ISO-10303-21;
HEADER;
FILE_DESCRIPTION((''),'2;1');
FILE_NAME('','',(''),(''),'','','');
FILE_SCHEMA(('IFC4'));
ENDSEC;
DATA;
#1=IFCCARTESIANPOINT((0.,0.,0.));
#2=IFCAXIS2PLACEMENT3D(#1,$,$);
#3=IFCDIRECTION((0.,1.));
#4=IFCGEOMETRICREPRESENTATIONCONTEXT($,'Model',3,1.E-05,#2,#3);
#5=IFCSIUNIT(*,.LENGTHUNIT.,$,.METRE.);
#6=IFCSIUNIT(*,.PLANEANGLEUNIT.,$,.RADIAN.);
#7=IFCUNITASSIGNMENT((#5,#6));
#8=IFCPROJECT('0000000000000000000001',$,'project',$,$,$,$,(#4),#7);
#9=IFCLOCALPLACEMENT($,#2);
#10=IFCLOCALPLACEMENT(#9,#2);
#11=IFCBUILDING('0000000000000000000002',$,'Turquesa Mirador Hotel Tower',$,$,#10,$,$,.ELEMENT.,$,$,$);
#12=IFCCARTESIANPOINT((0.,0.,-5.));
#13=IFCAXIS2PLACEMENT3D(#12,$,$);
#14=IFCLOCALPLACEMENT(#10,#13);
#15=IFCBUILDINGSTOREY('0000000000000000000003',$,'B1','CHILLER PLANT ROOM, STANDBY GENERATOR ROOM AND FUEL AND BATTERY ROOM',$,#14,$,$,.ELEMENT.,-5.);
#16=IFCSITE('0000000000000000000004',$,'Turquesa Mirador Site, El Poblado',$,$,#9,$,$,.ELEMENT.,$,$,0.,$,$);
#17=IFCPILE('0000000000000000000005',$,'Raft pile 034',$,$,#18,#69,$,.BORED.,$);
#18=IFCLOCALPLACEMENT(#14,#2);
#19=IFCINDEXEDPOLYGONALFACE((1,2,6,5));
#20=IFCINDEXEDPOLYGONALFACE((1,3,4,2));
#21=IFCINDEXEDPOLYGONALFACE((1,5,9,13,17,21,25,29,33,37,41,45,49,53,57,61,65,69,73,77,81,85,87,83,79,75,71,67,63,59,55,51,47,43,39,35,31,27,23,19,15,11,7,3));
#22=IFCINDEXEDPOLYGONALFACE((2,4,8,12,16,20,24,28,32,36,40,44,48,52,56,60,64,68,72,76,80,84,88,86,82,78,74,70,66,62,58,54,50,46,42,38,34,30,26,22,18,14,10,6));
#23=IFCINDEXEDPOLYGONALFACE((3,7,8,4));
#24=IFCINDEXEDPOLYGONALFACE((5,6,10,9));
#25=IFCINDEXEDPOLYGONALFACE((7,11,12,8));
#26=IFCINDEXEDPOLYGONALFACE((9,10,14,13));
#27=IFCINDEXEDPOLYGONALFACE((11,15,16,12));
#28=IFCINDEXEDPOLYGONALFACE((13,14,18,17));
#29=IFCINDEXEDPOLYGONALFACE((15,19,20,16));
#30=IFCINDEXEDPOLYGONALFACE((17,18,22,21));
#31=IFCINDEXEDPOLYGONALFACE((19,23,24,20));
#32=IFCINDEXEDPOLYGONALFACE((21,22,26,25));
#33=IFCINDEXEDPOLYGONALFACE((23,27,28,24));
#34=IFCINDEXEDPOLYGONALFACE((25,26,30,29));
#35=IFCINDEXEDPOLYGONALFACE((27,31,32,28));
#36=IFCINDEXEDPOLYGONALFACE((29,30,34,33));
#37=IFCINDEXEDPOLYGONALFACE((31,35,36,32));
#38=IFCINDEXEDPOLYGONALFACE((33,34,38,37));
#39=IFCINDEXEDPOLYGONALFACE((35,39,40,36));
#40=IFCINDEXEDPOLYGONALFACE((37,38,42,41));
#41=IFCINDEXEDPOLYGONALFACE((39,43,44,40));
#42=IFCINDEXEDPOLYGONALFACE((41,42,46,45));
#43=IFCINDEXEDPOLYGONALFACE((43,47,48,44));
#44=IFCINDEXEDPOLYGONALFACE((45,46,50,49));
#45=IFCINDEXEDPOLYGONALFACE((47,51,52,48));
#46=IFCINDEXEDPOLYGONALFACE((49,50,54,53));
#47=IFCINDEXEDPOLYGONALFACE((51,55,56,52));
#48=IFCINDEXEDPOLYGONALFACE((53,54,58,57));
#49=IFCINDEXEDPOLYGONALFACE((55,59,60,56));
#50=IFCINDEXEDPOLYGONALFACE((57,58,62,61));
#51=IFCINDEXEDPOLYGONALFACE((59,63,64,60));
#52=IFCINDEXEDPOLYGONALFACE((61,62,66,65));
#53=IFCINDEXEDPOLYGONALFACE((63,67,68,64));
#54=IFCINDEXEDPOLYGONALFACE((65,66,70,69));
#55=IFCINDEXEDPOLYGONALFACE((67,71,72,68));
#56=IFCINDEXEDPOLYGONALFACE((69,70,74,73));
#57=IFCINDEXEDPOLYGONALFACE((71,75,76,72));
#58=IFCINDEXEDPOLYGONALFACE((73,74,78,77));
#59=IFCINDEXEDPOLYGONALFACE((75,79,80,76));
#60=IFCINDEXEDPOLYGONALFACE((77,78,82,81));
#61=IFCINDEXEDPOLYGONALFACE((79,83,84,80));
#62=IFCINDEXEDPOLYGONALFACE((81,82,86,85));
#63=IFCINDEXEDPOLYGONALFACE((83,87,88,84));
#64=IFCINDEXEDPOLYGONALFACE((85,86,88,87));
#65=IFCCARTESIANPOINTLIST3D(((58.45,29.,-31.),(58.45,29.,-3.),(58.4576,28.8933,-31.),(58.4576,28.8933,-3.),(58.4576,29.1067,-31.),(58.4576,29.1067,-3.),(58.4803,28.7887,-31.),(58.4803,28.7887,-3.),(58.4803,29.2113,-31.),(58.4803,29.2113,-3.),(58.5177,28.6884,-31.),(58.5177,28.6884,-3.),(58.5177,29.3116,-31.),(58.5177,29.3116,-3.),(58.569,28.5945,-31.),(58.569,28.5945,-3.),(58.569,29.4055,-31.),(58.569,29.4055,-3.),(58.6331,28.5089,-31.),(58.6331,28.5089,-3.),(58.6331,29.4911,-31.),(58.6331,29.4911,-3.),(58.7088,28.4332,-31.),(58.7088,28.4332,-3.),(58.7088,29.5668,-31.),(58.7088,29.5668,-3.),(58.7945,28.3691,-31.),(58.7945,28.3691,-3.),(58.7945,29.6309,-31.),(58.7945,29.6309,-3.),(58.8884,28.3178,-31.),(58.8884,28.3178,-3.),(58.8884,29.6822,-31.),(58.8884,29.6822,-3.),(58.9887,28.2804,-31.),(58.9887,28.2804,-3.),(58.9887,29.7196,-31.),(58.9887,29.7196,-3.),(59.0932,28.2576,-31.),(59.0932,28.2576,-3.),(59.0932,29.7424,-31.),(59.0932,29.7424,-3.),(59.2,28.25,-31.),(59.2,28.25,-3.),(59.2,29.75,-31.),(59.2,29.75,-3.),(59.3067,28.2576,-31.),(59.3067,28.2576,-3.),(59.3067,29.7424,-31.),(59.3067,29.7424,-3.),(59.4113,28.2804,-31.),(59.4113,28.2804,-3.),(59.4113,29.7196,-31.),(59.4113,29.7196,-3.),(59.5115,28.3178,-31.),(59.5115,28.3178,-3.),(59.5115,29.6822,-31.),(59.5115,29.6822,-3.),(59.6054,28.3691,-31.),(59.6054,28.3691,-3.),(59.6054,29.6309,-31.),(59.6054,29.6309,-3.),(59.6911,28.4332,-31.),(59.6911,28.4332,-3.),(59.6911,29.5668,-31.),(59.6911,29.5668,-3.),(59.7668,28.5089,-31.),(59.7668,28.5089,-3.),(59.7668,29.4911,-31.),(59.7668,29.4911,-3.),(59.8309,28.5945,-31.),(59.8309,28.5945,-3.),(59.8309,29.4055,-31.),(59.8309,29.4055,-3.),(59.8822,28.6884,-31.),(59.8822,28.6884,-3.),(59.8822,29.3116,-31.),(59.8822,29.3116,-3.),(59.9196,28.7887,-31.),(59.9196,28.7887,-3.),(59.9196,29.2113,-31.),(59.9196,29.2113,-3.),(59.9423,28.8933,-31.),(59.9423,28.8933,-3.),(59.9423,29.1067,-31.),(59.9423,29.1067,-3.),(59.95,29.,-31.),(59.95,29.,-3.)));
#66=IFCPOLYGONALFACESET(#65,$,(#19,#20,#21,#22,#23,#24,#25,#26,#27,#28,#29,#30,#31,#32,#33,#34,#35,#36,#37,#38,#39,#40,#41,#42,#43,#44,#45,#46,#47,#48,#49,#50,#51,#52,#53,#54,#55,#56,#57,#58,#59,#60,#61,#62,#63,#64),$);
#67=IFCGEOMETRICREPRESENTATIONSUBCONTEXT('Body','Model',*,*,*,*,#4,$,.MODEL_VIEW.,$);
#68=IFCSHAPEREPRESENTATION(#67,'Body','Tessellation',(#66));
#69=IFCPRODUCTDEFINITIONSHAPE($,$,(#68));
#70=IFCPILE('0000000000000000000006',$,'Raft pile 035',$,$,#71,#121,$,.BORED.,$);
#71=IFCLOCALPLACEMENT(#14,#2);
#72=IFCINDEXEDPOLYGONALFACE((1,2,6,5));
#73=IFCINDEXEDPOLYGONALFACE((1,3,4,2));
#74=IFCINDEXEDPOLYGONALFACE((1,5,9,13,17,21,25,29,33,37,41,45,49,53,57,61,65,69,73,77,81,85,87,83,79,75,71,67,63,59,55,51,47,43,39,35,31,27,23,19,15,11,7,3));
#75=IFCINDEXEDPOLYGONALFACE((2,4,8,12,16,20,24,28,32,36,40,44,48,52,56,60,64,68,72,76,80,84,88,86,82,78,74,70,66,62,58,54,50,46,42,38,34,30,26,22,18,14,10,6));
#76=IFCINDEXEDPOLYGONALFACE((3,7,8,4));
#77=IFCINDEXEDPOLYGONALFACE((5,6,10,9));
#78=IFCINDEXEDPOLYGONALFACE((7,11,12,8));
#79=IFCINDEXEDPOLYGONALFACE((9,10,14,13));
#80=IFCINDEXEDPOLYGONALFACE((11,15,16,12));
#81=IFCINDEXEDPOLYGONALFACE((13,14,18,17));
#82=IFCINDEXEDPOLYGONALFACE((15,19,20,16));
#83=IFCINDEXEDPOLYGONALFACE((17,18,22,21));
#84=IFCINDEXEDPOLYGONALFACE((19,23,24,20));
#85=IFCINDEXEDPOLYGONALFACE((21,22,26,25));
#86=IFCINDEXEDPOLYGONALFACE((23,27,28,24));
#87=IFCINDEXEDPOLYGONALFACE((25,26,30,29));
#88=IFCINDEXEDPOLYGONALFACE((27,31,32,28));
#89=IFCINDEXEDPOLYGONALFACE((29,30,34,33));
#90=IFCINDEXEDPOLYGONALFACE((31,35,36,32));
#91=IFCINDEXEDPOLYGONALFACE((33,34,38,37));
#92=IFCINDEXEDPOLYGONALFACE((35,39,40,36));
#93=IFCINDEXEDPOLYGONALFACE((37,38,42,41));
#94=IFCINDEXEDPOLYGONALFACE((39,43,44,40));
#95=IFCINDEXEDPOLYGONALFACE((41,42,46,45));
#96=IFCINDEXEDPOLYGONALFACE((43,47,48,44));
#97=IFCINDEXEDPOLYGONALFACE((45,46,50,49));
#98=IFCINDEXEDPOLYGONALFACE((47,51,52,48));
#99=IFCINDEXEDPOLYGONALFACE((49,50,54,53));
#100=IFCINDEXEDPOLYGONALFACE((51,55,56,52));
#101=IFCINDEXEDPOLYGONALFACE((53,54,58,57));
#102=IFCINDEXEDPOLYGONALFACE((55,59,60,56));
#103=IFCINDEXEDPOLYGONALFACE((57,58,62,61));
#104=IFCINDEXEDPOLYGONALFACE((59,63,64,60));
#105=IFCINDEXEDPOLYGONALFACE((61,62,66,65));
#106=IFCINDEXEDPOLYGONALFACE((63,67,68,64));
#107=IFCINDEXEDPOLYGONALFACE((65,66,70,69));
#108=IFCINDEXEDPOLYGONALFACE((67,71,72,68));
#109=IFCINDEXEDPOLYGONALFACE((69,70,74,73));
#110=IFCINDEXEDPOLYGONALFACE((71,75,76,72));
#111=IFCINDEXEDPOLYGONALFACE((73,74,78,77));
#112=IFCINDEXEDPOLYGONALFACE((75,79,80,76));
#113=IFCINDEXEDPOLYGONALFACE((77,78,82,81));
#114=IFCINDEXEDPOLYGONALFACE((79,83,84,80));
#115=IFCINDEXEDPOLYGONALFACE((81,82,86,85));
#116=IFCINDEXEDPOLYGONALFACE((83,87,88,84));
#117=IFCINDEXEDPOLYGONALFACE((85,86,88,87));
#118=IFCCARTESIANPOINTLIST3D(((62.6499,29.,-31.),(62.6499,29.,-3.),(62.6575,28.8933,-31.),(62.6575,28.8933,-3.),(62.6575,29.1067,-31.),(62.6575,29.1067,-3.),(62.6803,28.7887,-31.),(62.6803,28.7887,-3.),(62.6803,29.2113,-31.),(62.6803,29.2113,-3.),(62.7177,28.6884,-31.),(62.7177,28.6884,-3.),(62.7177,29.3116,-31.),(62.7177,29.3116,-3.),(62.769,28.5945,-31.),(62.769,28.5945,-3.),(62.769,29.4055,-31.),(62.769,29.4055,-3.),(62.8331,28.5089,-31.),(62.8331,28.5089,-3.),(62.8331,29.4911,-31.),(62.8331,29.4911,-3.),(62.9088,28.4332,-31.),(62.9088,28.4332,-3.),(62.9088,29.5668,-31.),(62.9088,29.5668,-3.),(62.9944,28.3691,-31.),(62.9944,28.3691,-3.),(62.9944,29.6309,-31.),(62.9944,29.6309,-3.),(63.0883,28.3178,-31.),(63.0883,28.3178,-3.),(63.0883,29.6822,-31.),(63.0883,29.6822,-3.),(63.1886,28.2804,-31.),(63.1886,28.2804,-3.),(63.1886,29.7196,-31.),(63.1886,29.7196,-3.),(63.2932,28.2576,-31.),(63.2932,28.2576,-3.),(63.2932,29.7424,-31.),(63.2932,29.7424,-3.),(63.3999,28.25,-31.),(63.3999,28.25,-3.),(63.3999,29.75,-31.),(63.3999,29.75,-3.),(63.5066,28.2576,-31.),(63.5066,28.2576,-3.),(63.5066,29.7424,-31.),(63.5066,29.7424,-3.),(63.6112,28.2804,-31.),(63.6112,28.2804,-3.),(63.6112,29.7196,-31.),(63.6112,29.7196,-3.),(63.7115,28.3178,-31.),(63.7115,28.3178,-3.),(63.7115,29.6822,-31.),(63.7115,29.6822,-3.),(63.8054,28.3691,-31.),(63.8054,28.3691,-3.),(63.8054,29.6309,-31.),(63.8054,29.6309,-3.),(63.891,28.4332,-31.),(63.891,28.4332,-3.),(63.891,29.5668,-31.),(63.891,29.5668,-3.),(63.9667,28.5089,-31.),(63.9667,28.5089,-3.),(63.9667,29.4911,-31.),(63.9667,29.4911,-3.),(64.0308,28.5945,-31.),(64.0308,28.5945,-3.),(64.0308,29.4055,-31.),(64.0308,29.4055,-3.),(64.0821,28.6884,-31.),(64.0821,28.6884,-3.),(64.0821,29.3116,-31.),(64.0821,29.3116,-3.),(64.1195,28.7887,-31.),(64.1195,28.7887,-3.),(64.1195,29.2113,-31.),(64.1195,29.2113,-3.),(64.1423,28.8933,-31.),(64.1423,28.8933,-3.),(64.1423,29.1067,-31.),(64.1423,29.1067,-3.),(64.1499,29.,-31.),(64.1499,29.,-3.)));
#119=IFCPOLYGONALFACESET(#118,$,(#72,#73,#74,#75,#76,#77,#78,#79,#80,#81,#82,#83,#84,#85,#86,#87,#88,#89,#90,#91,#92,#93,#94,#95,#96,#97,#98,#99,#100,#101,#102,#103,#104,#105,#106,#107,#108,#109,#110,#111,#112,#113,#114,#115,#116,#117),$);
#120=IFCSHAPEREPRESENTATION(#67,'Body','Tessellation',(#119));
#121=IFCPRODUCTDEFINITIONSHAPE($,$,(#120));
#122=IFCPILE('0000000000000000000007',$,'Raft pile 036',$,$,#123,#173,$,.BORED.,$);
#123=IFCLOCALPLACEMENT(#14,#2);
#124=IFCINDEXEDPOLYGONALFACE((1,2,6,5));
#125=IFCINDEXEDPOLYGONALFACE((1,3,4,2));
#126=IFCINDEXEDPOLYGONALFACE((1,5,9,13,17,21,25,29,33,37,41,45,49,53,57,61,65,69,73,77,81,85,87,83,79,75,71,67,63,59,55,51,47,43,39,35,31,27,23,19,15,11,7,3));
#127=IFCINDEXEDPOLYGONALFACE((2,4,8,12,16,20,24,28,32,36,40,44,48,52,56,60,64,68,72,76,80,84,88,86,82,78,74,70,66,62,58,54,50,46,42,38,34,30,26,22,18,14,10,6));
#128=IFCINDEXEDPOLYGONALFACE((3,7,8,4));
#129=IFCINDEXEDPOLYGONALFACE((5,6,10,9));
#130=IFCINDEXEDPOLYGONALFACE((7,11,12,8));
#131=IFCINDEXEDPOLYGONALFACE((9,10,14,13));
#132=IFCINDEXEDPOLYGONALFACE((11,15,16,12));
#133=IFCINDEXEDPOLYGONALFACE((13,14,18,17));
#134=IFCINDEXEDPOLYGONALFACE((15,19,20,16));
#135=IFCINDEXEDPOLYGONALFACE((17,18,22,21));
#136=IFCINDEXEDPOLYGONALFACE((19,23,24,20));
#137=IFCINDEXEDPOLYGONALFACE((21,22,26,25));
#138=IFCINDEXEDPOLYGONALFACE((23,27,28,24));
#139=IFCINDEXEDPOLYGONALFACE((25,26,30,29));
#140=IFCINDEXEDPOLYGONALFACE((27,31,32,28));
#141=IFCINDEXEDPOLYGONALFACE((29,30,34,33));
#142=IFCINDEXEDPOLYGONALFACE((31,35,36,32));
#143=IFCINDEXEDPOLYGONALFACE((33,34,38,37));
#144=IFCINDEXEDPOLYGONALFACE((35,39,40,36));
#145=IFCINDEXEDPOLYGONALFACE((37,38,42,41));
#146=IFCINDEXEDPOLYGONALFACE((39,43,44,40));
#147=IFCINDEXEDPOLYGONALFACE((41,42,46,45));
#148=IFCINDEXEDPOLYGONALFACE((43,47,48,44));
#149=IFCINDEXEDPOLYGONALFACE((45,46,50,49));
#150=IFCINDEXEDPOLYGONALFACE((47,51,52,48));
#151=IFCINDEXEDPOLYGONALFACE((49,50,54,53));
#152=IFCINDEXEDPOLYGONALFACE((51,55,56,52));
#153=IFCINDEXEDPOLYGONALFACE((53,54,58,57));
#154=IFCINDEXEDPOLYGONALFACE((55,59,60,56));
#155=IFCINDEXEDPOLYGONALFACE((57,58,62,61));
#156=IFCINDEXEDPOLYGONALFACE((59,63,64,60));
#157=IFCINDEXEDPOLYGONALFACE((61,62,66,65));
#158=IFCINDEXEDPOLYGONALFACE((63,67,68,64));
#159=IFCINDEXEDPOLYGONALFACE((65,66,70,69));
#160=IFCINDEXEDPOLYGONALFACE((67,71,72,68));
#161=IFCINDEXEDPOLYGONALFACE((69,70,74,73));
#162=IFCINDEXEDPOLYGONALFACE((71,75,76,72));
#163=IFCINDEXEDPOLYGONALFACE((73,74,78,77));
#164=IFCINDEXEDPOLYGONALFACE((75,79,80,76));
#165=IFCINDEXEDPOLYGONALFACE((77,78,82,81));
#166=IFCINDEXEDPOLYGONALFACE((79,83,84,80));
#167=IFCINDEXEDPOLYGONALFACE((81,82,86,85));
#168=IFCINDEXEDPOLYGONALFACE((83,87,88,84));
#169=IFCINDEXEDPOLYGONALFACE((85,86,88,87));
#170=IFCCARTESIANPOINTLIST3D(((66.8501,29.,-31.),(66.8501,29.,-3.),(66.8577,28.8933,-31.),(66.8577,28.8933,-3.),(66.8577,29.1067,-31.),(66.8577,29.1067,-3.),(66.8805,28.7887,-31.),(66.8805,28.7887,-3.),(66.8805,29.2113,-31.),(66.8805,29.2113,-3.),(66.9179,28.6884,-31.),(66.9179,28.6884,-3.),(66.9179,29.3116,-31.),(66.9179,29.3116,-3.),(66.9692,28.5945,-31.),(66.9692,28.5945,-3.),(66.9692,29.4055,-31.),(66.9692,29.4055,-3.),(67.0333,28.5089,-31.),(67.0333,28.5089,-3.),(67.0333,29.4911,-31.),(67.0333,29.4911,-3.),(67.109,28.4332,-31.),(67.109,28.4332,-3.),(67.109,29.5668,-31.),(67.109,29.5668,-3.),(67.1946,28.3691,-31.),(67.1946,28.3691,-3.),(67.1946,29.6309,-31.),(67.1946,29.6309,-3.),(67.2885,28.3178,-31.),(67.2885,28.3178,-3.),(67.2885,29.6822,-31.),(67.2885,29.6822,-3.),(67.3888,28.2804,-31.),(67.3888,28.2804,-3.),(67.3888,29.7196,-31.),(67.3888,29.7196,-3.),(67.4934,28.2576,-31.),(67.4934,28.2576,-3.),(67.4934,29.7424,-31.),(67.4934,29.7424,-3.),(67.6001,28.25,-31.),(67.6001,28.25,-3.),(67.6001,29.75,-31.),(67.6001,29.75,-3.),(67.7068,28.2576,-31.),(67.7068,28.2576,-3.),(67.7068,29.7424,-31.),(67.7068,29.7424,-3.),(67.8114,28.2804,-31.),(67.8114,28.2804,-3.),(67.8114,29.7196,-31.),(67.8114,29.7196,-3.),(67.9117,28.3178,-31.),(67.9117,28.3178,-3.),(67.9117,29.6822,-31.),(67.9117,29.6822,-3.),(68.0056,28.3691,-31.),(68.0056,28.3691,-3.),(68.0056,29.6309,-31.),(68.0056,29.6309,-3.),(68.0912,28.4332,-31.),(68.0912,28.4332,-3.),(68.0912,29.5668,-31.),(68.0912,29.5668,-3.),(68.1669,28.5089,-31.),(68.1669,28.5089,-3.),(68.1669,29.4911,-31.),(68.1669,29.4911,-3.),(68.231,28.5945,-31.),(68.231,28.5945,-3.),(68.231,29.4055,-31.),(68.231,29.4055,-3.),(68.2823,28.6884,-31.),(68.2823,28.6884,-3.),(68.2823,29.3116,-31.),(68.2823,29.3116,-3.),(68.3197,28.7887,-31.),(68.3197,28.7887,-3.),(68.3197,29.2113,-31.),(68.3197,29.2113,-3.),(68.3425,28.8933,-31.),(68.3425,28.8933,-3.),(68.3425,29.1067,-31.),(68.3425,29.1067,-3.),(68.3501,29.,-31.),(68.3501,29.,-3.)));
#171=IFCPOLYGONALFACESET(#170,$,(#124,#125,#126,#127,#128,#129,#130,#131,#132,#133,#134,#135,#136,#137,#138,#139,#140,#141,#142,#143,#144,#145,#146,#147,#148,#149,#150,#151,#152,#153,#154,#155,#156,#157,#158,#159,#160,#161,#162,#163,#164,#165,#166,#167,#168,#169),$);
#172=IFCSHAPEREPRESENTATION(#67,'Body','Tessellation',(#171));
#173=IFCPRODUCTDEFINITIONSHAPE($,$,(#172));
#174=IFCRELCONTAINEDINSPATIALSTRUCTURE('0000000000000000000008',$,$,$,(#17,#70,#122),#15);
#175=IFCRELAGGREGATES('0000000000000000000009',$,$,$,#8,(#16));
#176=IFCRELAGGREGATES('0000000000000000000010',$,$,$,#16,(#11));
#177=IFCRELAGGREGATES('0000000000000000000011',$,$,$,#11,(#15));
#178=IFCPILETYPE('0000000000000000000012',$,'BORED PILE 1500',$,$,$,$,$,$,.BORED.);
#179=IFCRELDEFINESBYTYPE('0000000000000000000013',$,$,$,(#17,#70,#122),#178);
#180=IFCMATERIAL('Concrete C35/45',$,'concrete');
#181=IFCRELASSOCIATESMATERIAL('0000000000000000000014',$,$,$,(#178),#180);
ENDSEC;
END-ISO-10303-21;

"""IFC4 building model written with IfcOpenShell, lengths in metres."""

from ifc_helpers import new_model, si_unit, direction, frame, origin, origin_2d, place, context, subcontext, project, spatial, circle, extrude, material, type_object, element, save


model = new_model("IFC4")

# Units and contexts
model_context = context("Model", 3, precision=1e-05, world=origin(), true_north=direction((0.0, 1.0)))
body_context = subcontext(model_context, "Body", "Model", "MODEL_VIEW")
ifc_project = project(units=[si_unit("LENGTHUNIT", "METRE"), si_unit("PLANEANGLEUNIT", "RADIAN")], contexts=[model_context])

# Site, building, storey
site_placement = place(None, origin())
site = spatial("IfcSite", under=ifc_project, at=site_placement, Name="Turquesa Mirador Site, El Poblado", CompositionType="ELEMENT", RefElevation=0.0)
building_placement = place(site_placement, origin())
building = spatial("IfcBuilding", under=site, at=building_placement, Name="Turquesa Mirador Hotel Tower", CompositionType="ELEMENT")
storey_placement = place(building_placement, frame((0.0, 0.0, -5.0)))
storey = spatial("IfcBuildingStorey", under=building, at=storey_placement, Name="B1", Description="CHILLER PLANT ROOM, STANDBY GENERATOR ROOM AND FUEL AND BATTERY ROOM", CompositionType="ELEMENT", Elevation=-5.0)

# Piles
ifc_material_1 = material(Name="Concrete C35/45", Category="concrete")
pile_type = type_object("IfcPileType", Name="BORED PILE 1500", PredefinedType="BORED", material=ifc_material_1)
for number, where, z_axis, x_axis, name in (
    (1, (59.2, 29.0, -3.0), (0.0, 0.0, -1.0), (1.0, 0.0, 0.0), "Raft pile 034"),
    (2, (63.3999, 29.0, -3.0), (0.0, 0.0, -1.0), (1.0, 0.0, 0.0), "Raft pile 035"),
    (3, (67.6001, 29.0, -3.0), (0.0, 0.0, -1.0), (1.0, 0.0, 0.0), "Raft pile 036"),
):
    element("IfcPile", number, at=place(storey_placement, frame(where, z_axis=z_axis, x_axis=x_axis)), inside=storey, type_object=pile_type, Name=name, PredefinedType="BORED", context=body_context, shape_type="SweptSolid", body=[
        extrude(circle(Radius=0.75, at=origin_2d()), origin(), (0.0, 0.0, 1.0), 28.0),
    ])

save(model, "model.ifc")
